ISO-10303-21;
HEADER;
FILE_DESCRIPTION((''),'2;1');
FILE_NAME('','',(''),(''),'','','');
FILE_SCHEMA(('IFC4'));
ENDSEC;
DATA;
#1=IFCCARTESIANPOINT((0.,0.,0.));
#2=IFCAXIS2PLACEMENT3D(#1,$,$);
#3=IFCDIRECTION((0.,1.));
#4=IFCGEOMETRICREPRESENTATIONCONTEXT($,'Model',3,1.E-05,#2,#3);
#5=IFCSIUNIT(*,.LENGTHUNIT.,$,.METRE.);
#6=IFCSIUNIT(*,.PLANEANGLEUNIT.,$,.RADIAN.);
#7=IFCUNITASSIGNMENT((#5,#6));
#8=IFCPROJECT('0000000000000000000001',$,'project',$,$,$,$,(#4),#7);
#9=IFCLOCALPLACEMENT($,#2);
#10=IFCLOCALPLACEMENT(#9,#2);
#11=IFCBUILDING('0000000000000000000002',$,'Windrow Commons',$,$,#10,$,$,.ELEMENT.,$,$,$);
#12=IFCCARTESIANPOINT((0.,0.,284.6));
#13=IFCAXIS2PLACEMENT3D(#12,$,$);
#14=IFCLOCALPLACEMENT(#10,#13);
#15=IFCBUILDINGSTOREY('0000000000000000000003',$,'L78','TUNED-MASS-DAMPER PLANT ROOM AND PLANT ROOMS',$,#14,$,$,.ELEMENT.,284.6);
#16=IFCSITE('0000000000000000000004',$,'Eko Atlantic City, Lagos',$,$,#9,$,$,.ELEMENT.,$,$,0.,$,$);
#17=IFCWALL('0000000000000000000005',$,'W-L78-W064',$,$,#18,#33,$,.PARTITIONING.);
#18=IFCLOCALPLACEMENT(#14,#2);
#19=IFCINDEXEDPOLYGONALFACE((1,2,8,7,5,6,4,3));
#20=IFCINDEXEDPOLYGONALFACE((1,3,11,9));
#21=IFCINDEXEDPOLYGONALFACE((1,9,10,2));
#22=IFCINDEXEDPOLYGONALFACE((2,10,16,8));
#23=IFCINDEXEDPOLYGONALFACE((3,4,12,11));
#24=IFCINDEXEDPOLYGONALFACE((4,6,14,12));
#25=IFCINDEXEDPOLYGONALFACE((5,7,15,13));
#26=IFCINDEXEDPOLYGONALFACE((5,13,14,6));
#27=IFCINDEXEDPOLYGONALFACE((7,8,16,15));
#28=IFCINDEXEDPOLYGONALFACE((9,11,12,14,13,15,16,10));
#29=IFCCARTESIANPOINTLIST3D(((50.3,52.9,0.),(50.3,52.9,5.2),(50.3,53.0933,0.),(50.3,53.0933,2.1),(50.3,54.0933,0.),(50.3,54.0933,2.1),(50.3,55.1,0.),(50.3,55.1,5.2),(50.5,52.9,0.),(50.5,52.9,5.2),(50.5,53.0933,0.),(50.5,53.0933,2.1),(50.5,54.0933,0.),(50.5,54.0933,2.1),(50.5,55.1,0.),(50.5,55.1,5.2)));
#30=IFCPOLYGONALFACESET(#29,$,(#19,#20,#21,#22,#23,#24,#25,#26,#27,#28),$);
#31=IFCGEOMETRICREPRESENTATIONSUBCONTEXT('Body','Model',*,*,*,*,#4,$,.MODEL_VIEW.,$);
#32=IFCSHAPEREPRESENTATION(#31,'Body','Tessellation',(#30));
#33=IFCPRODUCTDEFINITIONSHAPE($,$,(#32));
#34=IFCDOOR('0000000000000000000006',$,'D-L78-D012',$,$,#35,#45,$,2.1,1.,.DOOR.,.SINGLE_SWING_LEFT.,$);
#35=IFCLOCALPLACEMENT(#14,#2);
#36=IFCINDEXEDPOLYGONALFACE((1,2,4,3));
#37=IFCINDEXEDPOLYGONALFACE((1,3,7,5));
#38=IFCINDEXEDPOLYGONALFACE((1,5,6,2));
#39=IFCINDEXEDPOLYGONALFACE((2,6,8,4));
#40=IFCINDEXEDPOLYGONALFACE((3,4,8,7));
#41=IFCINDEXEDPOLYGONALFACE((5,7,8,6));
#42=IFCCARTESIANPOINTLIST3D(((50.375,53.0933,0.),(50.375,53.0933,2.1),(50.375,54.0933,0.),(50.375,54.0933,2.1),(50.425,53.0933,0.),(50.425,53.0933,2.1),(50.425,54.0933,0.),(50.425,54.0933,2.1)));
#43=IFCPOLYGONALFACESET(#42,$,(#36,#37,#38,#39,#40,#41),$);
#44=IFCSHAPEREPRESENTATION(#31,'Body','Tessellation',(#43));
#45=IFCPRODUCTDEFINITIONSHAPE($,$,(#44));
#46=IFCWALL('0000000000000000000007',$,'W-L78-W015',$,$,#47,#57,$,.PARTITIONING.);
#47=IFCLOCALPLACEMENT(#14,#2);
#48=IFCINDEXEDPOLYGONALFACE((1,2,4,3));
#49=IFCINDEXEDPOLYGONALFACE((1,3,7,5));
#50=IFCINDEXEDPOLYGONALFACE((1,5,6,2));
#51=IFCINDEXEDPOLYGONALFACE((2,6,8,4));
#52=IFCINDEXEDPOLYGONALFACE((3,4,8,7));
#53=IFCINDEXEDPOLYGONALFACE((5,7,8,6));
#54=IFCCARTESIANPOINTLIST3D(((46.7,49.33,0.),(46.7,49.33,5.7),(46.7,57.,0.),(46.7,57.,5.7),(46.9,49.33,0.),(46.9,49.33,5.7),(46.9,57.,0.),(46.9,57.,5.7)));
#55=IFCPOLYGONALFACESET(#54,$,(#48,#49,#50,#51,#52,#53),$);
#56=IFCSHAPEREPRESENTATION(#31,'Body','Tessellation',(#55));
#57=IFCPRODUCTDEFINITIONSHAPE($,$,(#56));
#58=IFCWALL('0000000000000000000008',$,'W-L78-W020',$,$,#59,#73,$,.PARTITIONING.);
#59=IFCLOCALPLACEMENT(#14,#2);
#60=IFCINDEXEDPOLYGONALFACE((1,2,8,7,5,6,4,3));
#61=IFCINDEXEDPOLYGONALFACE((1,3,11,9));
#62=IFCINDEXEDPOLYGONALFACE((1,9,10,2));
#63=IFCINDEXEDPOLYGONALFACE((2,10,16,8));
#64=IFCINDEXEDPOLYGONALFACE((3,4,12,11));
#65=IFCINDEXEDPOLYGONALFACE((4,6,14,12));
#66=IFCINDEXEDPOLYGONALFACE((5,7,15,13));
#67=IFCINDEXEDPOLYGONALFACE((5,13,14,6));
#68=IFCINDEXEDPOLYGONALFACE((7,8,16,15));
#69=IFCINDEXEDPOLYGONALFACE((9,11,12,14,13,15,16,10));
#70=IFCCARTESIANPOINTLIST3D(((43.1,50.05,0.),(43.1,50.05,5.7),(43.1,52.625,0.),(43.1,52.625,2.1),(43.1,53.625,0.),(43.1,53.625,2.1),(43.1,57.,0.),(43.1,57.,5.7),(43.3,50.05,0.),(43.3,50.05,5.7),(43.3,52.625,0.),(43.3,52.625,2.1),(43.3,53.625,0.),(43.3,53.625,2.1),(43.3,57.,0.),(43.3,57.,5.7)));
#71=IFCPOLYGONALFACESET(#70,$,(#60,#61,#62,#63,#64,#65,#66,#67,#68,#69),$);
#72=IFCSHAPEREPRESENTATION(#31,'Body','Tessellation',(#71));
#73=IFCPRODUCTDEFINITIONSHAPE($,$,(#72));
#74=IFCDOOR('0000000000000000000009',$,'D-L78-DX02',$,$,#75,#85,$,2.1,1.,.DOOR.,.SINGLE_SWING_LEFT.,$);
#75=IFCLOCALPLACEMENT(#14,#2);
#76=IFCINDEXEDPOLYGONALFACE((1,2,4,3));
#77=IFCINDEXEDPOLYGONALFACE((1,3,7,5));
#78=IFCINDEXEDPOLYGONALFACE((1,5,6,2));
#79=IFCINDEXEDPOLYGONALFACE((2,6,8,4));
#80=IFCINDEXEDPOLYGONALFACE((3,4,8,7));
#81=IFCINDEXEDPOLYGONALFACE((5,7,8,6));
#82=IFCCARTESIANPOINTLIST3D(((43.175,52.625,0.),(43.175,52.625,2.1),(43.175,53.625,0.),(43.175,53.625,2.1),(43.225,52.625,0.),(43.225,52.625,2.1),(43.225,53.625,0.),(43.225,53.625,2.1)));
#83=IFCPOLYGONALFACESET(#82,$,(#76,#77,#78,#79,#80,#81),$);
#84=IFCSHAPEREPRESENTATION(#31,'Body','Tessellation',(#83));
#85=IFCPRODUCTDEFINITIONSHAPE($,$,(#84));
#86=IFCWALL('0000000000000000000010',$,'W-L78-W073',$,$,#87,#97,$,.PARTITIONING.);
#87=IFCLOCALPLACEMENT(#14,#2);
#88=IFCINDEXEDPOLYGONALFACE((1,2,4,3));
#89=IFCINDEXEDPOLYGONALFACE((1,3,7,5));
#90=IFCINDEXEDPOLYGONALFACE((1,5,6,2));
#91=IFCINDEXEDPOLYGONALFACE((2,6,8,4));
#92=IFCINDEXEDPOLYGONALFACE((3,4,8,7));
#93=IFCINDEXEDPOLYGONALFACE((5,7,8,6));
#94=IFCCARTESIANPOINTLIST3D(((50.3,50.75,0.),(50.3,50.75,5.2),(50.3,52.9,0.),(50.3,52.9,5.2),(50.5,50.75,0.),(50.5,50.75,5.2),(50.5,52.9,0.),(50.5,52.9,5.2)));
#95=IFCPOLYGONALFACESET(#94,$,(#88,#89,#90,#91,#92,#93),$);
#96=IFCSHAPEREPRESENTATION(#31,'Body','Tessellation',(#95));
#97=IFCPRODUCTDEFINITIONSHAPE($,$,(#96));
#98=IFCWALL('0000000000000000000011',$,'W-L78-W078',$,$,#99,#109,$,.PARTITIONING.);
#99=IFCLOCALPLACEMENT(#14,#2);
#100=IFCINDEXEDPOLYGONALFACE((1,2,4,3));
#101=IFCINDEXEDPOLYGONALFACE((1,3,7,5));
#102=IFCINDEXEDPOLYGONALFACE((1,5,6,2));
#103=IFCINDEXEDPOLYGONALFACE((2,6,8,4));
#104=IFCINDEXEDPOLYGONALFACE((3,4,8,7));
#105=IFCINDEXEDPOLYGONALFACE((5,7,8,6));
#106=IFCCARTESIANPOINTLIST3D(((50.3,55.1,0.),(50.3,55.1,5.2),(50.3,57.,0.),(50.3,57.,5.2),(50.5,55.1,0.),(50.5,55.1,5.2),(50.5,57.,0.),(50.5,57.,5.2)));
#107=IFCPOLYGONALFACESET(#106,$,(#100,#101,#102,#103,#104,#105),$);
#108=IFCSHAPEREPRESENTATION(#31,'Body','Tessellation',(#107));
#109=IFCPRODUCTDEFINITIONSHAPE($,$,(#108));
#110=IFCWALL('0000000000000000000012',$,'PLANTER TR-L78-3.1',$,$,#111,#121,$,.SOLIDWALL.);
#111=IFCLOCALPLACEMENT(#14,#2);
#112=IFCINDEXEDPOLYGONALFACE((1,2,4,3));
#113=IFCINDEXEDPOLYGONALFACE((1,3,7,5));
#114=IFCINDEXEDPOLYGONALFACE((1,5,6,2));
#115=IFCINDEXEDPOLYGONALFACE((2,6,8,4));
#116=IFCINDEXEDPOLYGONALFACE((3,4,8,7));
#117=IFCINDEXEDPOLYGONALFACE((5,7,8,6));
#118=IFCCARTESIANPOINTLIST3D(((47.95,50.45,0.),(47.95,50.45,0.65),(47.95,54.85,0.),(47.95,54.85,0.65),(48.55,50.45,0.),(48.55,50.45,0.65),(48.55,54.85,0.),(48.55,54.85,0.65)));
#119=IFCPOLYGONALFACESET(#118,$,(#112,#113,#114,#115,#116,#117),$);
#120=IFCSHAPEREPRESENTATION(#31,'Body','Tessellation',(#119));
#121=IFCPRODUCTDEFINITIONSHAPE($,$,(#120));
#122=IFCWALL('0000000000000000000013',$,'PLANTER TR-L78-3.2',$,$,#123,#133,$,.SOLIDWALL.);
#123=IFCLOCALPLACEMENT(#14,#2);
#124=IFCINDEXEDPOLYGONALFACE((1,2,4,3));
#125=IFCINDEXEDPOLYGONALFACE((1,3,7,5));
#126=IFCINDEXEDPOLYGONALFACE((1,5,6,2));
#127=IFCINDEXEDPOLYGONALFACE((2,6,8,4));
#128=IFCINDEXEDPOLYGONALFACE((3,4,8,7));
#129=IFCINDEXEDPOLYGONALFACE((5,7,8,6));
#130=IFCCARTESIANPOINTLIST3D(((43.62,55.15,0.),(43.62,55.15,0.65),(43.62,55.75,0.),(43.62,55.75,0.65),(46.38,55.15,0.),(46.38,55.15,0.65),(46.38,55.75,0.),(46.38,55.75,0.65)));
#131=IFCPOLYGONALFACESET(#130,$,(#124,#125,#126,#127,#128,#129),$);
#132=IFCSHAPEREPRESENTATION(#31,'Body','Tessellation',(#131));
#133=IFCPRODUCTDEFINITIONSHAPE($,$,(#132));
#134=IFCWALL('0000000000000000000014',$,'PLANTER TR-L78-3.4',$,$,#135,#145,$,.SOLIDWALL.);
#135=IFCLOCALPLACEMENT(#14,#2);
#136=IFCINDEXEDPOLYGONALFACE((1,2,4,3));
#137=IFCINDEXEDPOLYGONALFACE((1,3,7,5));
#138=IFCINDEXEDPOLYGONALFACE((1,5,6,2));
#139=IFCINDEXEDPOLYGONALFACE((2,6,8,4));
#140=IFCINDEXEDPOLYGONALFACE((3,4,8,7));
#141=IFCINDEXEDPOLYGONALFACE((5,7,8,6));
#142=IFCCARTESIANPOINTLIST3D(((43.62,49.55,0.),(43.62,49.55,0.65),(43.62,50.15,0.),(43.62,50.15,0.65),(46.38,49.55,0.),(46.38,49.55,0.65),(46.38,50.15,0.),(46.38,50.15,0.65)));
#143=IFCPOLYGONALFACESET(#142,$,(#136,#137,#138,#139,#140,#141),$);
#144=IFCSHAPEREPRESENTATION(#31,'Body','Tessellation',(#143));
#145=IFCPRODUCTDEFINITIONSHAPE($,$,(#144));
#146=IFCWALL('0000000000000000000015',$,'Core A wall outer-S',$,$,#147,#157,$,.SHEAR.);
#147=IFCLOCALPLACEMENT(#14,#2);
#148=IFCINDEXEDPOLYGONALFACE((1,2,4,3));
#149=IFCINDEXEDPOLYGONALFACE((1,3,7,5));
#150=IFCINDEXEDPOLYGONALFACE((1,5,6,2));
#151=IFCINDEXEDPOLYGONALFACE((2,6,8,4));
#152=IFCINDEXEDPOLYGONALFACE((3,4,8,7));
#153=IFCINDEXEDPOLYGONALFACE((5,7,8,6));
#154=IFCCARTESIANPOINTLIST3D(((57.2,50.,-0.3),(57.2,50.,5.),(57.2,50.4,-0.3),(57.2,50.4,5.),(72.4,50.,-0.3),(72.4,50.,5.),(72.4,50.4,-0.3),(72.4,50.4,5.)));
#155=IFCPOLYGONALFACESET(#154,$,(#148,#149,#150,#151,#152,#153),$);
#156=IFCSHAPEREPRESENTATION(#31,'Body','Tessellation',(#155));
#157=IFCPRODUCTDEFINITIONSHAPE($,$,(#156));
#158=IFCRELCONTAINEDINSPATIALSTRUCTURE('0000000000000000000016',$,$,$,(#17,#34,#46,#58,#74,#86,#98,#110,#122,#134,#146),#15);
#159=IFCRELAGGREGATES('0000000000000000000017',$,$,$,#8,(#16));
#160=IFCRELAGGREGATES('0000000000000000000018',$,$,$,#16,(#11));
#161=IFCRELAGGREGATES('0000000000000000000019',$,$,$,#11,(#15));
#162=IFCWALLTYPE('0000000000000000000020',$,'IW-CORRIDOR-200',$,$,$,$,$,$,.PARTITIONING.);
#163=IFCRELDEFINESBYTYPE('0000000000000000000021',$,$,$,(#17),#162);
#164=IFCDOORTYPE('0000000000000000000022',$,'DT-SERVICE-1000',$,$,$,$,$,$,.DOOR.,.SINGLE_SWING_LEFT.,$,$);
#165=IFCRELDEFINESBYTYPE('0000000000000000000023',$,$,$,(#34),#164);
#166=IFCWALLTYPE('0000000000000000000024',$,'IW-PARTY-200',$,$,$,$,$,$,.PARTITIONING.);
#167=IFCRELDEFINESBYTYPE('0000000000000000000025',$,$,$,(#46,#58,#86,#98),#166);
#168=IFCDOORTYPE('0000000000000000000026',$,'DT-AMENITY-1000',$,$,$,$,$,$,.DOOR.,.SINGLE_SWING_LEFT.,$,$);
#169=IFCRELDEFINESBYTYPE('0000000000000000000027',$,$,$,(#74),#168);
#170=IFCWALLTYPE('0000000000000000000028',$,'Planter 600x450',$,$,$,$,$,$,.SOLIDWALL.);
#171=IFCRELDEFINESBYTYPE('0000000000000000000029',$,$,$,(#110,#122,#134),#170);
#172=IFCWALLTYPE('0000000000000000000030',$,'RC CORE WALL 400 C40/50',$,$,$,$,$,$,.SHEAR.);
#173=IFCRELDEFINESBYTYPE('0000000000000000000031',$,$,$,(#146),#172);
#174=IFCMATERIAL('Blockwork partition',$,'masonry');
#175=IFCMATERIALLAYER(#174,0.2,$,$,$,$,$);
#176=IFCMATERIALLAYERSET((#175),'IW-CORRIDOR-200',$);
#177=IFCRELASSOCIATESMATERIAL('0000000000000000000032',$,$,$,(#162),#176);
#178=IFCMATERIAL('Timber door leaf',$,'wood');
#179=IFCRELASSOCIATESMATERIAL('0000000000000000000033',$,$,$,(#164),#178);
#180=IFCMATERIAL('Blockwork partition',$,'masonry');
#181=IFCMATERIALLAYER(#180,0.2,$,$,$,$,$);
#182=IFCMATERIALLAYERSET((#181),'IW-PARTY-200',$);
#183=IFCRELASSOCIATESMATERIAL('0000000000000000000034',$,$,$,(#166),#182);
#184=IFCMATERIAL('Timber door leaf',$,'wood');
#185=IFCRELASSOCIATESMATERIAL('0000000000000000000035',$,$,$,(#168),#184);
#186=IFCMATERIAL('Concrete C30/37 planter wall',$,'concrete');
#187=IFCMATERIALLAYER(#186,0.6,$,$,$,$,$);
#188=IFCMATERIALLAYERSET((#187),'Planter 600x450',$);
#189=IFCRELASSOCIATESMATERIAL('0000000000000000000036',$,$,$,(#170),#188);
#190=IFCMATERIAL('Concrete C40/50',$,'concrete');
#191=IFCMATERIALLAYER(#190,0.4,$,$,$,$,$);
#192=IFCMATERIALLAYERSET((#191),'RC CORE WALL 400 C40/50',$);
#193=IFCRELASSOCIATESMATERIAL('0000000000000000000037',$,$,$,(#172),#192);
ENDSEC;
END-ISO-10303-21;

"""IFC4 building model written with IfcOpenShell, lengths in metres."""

from ifc_helpers import new_model, si_unit, direction, frame, frame_2d, origin, place, context, subcontext, project, spatial, rectangle, extrude, material, layer, layer_set, type_object, element, fill, save


model = new_model("IFC4")

# Units and contexts
model_context = context("Model", 3, precision=1e-05, world=origin(), true_north=direction((0.0, 1.0)))
body_context = subcontext(model_context, "Body", "Model", "MODEL_VIEW")
ifc_project = project(units=[si_unit("LENGTHUNIT", "METRE"), si_unit("PLANEANGLEUNIT", "RADIAN")], contexts=[model_context])

# Site, building, storey
site_placement = place(None, origin())
site = spatial("IfcSite", under=ifc_project, at=site_placement, Name="Eko Atlantic City, Lagos", CompositionType="ELEMENT", RefElevation=0.0)
building_placement = place(site_placement, origin())
building = spatial("IfcBuilding", under=site, at=building_placement, Name="Windrow Commons", CompositionType="ELEMENT")
storey_placement = place(building_placement, frame((0.0, 0.0, 284.6)))
storey = spatial("IfcBuildingStorey", under=building, at=storey_placement, Name="L78", Description="TUNED-MASS-DAMPER PLANT ROOM AND PLANT ROOMS", CompositionType="ELEMENT", Elevation=284.6)

# Wall, opening, door
ifc_material_1 = material(Name="Blockwork partition", Category="masonry")
ifc_layer_1 = layer(ifc_material_1, 0.2)
ifc_layer_set_1 = layer_set([ifc_layer_1], Name="IW-CORRIDOR-200")
wall_type_1 = type_object("IfcWallType", Name="IW-CORRIDOR-200", PredefinedType="PARTITIONING", material=ifc_layer_set_1)
ifc_material_2 = material(Name="Timber door leaf", Category="wood")
door_type_1 = type_object("IfcDoorType", Name="DT-SERVICE-1000", OperationType="SINGLE_SWING_LEFT", PredefinedType="DOOR", material=ifc_material_2)
wall_1_placement = place(storey_placement, frame((50.4, 52.9, 0.0), z_axis=(0.0, 0.0, 1.0), x_axis=(0.0, 1.0, 0.0)))
wall_1 = element("IfcWall", 1, at=wall_1_placement, inside=storey, type_object=wall_type_1, Name="W-L78-W064", PredefinedType="PARTITIONING", context=body_context, shape_type="SweptSolid", body=[
    extrude(rectangle(XDim=2.2, YDim=0.2, at=frame_2d((1.1, 0.0))), origin(), (0.0, 0.0, 1.0), 5.2),
])
opening_1_placement = place(wall_1_placement, frame((0.1933, 0.0, 0.0)))
opening_1 = element("IfcOpeningElement", 2, at=opening_1_placement, cuts=wall_1, PredefinedType="OPENING", context=body_context, shape_type="SweptSolid", body=[
    extrude(rectangle(XDim=1.0, YDim=2.1, at=frame_2d((0.5, 1.05))), frame((0.0, 0.11, 0.0), z_axis=(0.0, -1.0, 0.0), x_axis=(1.0, 0.0, 0.0)), (0.0, 0.0, 1.0), 0.22),
])
door_1_placement = place(opening_1_placement, origin())
door_1 = element("IfcDoor", 3, at=door_1_placement, inside=storey, type_object=door_type_1, Name="D-L78-D012", OperationType="SINGLE_SWING_LEFT", OverallHeight=2.1, OverallWidth=1.0, PredefinedType="DOOR", context=body_context, shape_type="SweptSolid", body=[
    extrude(rectangle(XDim=1.0, YDim=2.1, at=frame_2d((0.5, 1.05))), frame((0.0, 0.025, 0.0), z_axis=(0.0, -1.0, 0.0), x_axis=(1.0, 0.0, 0.0)), (0.0, 0.0, 1.0), 0.05),
])
fill(opening_1, door_1)

# Wall
ifc_material_3 = material(Name="Blockwork partition", Category="masonry")
ifc_layer_2 = layer(ifc_material_3, 0.2)
ifc_layer_set_2 = layer_set([ifc_layer_2], Name="IW-PARTY-200")
wall_type_2 = type_object("IfcWallType", Name="IW-PARTY-200", PredefinedType="PARTITIONING", material=ifc_layer_set_2)
wall_2_placement = place(storey_placement, frame((46.8, 49.33, 0.0), z_axis=(0.0, 0.0, 1.0), x_axis=(0.0, 1.0, 0.0)))
element("IfcWall", 4, at=wall_2_placement, inside=storey, type_object=wall_type_2, Name="W-L78-W015", PredefinedType="PARTITIONING", context=body_context, shape_type="SweptSolid", body=[
    extrude(rectangle(XDim=7.67, YDim=0.2, at=frame_2d((3.835, 0.0))), origin(), (0.0, 0.0, 1.0), 5.7),
])

# Wall, opening, door
wall_3_placement = place(storey_placement, frame((43.2, 50.05, 0.0), z_axis=(0.0, 0.0, 1.0), x_axis=(0.0, 1.0, 0.0)))
wall_3 = element("IfcWall", 5, at=wall_3_placement, inside=storey, type_object=wall_type_2, Name="W-L78-W020", PredefinedType="PARTITIONING", context=body_context, shape_type="SweptSolid", body=[
    extrude(rectangle(XDim=6.95, YDim=0.2, at=frame_2d((3.475, 0.0))), origin(), (0.0, 0.0, 1.0), 5.7),
])
opening_2_placement = place(wall_3_placement, frame((2.575, 0.0, 0.0)))
opening_2 = element("IfcOpeningElement", 6, at=opening_2_placement, cuts=wall_3, PredefinedType="OPENING", context=body_context, shape_type="SweptSolid", body=[
    extrude(rectangle(XDim=1.0, YDim=2.1, at=frame_2d((0.5, 1.05))), frame((0.0, 0.11, 0.0), z_axis=(0.0, -1.0, 0.0), x_axis=(1.0, 0.0, 0.0)), (0.0, 0.0, 1.0), 0.22),
])
ifc_material_4 = material(Name="Timber door leaf", Category="wood")
door_type_2 = type_object("IfcDoorType", Name="DT-AMENITY-1000", OperationType="SINGLE_SWING_LEFT", PredefinedType="DOOR", material=ifc_material_4)
door_2_placement = place(opening_2_placement, origin())
door_2 = element("IfcDoor", 7, at=door_2_placement, inside=storey, type_object=door_type_2, Name="D-L78-DX02", OperationType="SINGLE_SWING_LEFT", OverallHeight=2.1, OverallWidth=1.0, PredefinedType="DOOR", context=body_context, shape_type="SweptSolid", body=[
    extrude(rectangle(XDim=1.0, YDim=2.1, at=frame_2d((0.5, 1.05))), frame((0.0, 0.025, 0.0), z_axis=(0.0, -1.0, 0.0), x_axis=(1.0, 0.0, 0.0)), (0.0, 0.0, 1.0), 0.05),
])
fill(opening_2, door_2)

# Walls
wall_4_placement = place(storey_placement, frame((50.4, 50.75, 0.0), z_axis=(0.0, 0.0, 1.0), x_axis=(0.0, 1.0, 0.0)))
element("IfcWall", 8, at=wall_4_placement, inside=storey, type_object=wall_type_2, Name="W-L78-W073", PredefinedType="PARTITIONING", context=body_context, shape_type="SweptSolid", body=[
    extrude(rectangle(XDim=2.15, YDim=0.2, at=frame_2d((1.075, 0.0))), origin(), (0.0, 0.0, 1.0), 5.2),
])
wall_5_placement = place(storey_placement, frame((50.4, 55.1, 0.0), z_axis=(0.0, 0.0, 1.0), x_axis=(0.0, 1.0, 0.0)))
element("IfcWall", 9, at=wall_5_placement, inside=storey, type_object=wall_type_2, Name="W-L78-W078", PredefinedType="PARTITIONING", context=body_context, shape_type="SweptSolid", body=[
    extrude(rectangle(XDim=1.9, YDim=0.2, at=frame_2d((0.95, 0.0))), origin(), (0.0, 0.0, 1.0), 5.2),
])
ifc_material_5 = material(Name="Concrete C30/37 planter wall", Category="concrete")
ifc_layer_3 = layer(ifc_material_5, 0.6)
ifc_layer_set_3 = layer_set([ifc_layer_3], Name="Planter 600x450")
wall_type_3 = type_object("IfcWallType", Name="Planter 600x450", PredefinedType="SOLIDWALL", material=ifc_layer_set_3)
wall_6_placement = place(storey_placement, frame((48.25, 50.45, 0.0), z_axis=(0.0, 0.0, 1.0), x_axis=(0.0, 1.0, 0.0)))
element("IfcWall", 10, at=wall_6_placement, inside=storey, type_object=wall_type_3, Name="PLANTER TR-L78-3.1", PredefinedType="SOLIDWALL", context=body_context, shape_type="SweptSolid", body=[
    extrude(rectangle(XDim=4.4, YDim=0.6, at=frame_2d((2.2, 0.0))), origin(), (0.0, 0.0, 1.0), 0.65),
])
for number, where, z_axis, x_axis, name in (
    (11, (46.38, 55.45, 0.0), (0.0, 0.0, 1.0), (-1.0, 0.0, 0.0), "PLANTER TR-L78-3.2"),
    (12, (43.62, 49.85, 0.0), (0.0, 0.0, 1.0), (1.0, 0.0, 0.0), "PLANTER TR-L78-3.4"),
):
    element("IfcWall", number, at=place(storey_placement, frame(where, z_axis=z_axis, x_axis=x_axis)), inside=storey, type_object=wall_type_3, Name=name, PredefinedType="SOLIDWALL", context=body_context, shape_type="SweptSolid", body=[
        extrude(rectangle(XDim=2.76, YDim=0.6, at=frame_2d((1.38, 0.0))), origin(), (0.0, 0.0, 1.0), 0.65),
    ])
ifc_material_6 = material(Name="Concrete C40/50", Category="concrete")
ifc_layer_4 = layer(ifc_material_6, 0.4)
ifc_layer_set_4 = layer_set([ifc_layer_4], Name="RC CORE WALL 400 C40/50")
wall_type_4 = type_object("IfcWallType", Name="RC CORE WALL 400 C40/50", PredefinedType="SHEAR", material=ifc_layer_set_4)
wall_7_placement = place(storey_placement, frame((57.2, 50.2, -0.3), z_axis=(0.0, 0.0, 1.0), x_axis=(1.0, 0.0, 0.0)))
element("IfcWall", 13, at=wall_7_placement, inside=storey, type_object=wall_type_4, Name="Core A wall outer-S", PredefinedType="SHEAR", context=body_context, shape_type="SweptSolid", body=[
    extrude(rectangle(XDim=15.2, YDim=0.4, at=frame_2d((7.6, 0.0))), origin(), (0.0, 0.0, 1.0), 5.3),
])

save(model, "model.ifc")
